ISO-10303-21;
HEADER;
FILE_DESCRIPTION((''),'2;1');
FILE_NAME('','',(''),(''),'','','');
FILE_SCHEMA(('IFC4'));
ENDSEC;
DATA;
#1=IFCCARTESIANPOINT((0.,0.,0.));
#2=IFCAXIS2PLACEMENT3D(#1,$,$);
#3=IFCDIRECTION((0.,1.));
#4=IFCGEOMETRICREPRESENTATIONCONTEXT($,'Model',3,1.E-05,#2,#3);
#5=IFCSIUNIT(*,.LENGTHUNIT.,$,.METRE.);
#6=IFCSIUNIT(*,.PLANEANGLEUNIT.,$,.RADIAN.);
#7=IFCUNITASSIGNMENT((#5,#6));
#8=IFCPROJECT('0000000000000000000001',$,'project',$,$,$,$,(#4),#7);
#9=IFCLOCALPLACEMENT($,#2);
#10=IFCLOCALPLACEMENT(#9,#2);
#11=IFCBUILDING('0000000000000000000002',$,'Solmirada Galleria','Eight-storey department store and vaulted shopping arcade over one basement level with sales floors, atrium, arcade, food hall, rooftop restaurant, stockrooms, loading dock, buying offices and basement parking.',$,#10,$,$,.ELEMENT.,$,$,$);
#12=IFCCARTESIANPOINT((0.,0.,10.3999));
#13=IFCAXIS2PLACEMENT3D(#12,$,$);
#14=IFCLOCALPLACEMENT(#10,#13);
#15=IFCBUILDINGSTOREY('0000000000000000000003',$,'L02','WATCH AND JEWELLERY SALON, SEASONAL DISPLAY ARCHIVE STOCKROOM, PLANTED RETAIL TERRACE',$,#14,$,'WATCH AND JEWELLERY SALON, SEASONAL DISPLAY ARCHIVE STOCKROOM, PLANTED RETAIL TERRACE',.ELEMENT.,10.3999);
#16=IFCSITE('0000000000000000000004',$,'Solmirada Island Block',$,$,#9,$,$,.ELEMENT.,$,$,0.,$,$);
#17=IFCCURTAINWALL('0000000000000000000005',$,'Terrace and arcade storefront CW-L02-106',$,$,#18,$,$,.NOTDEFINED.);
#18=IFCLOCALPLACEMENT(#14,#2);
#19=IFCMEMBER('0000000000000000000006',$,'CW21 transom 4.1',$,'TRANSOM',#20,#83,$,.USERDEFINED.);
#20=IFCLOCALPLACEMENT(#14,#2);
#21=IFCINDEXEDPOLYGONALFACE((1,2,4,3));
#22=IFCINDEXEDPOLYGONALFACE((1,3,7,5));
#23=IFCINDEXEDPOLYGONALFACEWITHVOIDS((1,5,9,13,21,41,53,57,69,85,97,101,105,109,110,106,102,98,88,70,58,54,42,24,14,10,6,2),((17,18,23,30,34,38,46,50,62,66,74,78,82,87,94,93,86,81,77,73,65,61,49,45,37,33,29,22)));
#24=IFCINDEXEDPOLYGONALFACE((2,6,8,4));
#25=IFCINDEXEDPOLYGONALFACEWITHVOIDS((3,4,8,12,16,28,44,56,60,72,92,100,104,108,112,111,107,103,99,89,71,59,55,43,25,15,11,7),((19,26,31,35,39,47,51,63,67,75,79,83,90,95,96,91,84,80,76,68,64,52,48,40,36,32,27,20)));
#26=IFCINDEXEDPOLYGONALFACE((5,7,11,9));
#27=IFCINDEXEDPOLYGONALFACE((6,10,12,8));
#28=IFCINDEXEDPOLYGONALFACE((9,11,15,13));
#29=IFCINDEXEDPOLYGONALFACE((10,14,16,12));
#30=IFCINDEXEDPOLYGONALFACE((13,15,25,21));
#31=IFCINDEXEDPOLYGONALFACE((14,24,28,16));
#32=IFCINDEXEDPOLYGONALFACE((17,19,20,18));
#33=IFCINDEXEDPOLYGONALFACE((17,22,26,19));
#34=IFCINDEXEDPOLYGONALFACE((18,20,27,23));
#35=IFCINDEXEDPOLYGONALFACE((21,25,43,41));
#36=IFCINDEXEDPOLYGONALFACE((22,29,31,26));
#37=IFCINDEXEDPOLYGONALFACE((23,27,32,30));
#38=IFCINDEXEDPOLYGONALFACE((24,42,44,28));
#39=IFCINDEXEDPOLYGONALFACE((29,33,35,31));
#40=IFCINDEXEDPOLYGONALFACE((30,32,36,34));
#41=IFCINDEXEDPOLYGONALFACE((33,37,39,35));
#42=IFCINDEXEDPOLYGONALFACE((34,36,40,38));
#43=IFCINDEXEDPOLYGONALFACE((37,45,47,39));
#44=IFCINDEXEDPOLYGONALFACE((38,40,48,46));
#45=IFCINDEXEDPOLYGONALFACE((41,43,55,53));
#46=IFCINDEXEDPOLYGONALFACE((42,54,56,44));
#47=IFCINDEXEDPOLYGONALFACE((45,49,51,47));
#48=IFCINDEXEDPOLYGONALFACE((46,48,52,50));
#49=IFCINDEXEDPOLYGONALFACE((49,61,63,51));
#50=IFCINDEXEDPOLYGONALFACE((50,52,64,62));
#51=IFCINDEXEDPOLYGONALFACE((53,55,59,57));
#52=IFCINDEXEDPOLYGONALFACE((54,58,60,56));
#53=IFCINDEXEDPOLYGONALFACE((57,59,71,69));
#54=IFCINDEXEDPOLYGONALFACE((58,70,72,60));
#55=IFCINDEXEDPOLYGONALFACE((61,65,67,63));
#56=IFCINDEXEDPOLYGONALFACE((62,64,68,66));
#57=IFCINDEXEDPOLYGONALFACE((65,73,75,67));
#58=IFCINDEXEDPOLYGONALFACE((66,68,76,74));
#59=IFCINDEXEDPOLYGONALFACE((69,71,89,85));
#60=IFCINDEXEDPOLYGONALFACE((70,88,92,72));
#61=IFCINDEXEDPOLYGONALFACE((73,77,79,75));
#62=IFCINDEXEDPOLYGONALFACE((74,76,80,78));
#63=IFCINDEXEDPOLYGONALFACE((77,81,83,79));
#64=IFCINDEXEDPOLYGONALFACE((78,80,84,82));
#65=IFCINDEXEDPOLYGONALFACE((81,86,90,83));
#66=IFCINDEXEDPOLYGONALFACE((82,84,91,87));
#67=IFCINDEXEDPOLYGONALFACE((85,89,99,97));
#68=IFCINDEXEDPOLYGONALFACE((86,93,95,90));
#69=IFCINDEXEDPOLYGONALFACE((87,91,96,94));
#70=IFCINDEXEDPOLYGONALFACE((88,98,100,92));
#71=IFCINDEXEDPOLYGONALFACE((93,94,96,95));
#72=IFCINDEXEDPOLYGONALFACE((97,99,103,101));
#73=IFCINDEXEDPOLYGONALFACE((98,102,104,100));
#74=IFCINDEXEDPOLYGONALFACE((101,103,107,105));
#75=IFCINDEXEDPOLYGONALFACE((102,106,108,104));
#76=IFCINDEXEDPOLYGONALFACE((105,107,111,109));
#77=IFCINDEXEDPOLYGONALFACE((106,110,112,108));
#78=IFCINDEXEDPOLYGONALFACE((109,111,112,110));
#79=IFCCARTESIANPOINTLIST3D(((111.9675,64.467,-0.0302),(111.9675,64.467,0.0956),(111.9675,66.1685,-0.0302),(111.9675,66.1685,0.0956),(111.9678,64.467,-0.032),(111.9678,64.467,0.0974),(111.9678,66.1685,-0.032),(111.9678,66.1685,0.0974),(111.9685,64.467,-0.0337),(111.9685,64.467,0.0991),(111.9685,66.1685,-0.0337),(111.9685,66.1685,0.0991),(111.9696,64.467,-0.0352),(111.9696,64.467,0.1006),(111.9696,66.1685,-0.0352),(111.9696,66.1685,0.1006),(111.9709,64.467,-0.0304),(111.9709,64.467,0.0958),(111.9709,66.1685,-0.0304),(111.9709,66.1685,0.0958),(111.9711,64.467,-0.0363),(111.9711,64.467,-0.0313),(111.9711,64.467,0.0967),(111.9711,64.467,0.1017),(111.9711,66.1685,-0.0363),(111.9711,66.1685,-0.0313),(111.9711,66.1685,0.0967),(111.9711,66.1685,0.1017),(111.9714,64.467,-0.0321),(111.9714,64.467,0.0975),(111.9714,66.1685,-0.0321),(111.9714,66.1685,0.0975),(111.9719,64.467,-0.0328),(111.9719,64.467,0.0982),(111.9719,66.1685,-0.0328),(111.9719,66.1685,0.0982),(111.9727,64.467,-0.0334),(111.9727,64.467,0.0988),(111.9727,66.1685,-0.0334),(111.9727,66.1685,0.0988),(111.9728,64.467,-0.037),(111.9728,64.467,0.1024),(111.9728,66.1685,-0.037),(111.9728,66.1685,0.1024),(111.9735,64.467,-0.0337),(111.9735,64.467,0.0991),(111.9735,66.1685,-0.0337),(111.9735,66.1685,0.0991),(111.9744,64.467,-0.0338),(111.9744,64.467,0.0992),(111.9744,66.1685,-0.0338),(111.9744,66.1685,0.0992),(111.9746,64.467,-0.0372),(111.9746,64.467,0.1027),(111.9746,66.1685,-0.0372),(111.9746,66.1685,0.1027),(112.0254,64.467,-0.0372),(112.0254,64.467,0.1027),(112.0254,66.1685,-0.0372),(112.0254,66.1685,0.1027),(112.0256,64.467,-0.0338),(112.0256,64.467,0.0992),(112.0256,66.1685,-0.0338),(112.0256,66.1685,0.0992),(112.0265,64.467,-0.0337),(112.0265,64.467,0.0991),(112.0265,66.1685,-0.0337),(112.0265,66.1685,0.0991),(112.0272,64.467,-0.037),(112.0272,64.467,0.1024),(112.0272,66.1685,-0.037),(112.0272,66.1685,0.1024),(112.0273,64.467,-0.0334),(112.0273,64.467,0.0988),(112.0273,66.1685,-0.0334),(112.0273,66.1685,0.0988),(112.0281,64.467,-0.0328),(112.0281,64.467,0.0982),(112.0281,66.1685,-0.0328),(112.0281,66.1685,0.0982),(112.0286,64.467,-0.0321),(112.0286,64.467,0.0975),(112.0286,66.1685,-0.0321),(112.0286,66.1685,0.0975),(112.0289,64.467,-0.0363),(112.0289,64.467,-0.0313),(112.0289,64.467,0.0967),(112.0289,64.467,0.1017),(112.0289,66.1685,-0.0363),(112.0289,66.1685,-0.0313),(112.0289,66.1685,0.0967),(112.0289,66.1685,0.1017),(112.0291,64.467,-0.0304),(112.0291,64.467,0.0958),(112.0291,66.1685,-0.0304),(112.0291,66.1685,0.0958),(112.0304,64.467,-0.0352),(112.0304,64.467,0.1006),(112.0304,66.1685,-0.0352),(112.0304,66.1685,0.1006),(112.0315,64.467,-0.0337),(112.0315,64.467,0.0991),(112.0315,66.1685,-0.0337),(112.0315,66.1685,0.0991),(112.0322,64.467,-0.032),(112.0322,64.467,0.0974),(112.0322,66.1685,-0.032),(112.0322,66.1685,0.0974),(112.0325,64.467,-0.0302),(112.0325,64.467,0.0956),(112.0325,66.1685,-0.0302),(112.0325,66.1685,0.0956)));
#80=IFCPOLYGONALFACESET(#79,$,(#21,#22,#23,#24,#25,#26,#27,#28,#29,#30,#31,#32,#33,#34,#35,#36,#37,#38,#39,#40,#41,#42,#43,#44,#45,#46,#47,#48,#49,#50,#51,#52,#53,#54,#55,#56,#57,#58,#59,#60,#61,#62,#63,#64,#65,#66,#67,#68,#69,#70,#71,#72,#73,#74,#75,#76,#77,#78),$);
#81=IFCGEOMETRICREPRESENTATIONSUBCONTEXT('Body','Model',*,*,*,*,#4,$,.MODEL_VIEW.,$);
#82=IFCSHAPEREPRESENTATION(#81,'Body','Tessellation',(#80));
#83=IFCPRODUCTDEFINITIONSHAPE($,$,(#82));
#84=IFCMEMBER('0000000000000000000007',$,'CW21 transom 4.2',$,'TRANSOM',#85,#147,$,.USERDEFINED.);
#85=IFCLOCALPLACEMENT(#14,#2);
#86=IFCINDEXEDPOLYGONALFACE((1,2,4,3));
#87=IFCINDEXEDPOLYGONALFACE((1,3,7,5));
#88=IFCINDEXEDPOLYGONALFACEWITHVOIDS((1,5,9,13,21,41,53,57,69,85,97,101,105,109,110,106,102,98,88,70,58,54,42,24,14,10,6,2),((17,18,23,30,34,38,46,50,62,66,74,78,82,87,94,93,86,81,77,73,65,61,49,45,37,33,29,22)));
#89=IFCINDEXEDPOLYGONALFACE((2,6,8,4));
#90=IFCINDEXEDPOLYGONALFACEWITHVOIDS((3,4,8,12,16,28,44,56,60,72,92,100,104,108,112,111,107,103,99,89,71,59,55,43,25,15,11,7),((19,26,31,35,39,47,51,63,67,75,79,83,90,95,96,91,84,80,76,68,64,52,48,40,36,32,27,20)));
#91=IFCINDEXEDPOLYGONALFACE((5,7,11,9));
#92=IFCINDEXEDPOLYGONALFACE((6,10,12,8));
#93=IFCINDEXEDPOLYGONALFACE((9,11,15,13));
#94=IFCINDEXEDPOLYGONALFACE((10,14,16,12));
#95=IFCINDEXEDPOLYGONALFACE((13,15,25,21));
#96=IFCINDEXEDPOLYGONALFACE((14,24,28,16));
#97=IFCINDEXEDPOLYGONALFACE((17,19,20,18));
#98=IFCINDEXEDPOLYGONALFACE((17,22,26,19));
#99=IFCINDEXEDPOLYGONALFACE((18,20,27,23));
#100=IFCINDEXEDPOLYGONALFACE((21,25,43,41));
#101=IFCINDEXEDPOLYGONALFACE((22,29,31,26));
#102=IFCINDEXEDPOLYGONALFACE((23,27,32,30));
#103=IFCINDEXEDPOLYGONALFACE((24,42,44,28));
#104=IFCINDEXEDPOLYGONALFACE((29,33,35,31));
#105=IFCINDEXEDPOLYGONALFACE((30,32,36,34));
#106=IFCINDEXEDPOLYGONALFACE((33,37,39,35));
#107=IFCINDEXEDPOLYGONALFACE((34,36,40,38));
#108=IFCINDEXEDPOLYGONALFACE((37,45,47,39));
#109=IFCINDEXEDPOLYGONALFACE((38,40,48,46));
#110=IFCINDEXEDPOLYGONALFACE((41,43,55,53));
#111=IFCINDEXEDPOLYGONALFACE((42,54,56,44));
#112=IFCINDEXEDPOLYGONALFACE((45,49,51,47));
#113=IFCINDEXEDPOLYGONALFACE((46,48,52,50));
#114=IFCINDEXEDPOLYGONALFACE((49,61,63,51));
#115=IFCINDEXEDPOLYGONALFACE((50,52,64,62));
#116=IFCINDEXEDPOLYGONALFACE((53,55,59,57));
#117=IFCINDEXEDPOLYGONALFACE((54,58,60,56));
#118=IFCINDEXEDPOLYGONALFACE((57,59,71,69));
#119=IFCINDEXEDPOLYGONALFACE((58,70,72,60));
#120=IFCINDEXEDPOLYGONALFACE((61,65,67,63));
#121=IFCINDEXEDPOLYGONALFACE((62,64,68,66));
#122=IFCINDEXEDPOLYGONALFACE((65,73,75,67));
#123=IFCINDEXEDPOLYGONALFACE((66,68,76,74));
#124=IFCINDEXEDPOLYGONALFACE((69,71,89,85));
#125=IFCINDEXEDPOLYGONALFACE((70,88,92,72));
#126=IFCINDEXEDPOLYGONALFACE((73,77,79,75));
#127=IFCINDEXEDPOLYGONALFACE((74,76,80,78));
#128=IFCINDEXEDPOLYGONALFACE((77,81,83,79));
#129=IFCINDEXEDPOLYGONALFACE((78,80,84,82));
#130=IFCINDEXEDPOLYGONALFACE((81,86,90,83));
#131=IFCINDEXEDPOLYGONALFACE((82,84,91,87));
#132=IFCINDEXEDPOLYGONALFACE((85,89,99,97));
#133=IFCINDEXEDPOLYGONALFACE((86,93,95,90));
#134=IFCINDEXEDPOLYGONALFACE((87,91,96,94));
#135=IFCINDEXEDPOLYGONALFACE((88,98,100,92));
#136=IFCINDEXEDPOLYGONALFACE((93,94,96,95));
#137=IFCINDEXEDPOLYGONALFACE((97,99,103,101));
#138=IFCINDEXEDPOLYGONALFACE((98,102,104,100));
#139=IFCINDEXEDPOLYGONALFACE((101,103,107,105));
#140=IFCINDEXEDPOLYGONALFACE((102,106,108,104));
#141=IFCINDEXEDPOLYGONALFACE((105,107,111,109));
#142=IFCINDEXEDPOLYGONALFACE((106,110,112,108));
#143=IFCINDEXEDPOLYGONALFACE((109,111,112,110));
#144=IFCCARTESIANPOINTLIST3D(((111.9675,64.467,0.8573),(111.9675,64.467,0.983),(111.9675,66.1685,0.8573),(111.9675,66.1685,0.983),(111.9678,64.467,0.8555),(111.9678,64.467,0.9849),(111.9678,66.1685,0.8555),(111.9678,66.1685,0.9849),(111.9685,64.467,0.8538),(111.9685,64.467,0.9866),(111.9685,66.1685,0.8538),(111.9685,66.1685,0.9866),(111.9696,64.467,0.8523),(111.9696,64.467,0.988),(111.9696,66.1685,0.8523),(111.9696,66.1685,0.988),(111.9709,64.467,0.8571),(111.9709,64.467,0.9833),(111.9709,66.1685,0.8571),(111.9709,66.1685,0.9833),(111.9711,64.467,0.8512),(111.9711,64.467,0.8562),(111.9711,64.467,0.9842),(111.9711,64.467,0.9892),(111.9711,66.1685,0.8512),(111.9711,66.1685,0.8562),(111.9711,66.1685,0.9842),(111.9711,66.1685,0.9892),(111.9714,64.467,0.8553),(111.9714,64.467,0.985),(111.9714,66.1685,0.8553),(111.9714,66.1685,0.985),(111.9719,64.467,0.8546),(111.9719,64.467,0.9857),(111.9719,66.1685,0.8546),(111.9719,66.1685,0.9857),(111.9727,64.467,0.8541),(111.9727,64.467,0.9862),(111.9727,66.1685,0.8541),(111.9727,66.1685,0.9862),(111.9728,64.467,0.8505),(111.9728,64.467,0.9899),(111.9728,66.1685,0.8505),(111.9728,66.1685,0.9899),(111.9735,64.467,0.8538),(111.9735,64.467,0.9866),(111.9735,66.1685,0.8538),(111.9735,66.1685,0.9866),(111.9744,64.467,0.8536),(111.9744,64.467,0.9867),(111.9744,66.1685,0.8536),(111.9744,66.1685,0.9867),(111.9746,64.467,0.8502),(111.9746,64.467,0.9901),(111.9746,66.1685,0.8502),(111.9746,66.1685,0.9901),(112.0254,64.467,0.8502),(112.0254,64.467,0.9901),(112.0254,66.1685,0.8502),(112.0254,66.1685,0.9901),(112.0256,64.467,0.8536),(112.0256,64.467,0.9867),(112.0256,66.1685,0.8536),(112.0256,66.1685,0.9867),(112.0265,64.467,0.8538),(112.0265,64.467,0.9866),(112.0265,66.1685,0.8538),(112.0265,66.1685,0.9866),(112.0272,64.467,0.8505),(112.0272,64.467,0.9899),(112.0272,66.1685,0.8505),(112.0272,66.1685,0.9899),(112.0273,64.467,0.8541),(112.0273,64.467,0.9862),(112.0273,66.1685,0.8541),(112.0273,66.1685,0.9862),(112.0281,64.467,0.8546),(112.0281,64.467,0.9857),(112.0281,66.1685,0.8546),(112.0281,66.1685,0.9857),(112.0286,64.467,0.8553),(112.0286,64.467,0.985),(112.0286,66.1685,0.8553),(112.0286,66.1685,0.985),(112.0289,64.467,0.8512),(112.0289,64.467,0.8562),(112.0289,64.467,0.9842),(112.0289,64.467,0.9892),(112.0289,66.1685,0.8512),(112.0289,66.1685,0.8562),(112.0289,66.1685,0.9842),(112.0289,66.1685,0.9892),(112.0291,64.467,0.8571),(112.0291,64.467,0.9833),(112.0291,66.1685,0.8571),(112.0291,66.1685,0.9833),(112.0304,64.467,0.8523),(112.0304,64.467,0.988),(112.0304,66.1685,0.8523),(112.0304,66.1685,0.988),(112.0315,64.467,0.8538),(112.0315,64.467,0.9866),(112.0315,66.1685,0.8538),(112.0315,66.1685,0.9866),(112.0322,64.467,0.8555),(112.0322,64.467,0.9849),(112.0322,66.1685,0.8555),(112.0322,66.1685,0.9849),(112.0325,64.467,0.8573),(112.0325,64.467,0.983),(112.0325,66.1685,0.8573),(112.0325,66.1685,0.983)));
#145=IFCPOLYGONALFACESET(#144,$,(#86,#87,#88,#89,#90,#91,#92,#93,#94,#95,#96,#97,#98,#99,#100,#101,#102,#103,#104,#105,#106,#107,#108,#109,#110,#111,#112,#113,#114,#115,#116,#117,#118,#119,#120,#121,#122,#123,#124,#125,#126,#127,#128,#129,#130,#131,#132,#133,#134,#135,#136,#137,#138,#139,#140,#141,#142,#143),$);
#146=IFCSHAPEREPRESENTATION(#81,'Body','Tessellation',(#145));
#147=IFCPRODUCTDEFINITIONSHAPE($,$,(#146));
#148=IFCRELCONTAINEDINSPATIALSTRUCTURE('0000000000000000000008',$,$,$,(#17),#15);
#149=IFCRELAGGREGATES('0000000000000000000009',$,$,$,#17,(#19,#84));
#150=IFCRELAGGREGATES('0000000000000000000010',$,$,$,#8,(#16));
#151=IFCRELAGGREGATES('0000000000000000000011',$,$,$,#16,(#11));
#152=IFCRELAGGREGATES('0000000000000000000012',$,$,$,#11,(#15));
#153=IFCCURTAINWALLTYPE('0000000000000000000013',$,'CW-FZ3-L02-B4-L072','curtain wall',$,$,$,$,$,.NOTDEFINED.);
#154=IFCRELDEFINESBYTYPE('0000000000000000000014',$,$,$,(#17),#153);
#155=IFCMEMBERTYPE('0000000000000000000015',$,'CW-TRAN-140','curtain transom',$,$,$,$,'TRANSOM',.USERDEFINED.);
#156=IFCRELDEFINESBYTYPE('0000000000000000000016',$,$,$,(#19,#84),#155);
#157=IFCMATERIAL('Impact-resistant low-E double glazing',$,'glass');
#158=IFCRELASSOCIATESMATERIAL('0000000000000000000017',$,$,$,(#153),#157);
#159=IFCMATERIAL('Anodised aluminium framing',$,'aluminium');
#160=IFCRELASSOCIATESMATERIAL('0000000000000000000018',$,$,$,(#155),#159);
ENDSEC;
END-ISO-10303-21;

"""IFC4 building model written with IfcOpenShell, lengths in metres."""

from ifc_helpers import new_model, si_unit, direction, frame, origin, origin_2d, place, context, subcontext, project, spatial, hollow_rectangle, extrude, material, material_profile, profile_set, type_object, element, aggregate, save


model = new_model("IFC4")

# Units and contexts
model_context = context("Model", 3, precision=1e-05, world=origin(), true_north=direction((0.0, 1.0)))
body_context = subcontext(model_context, "Body", "Model", "MODEL_VIEW")
ifc_project = project(units=[si_unit("LENGTHUNIT", "METRE"), si_unit("PLANEANGLEUNIT", "RADIAN")], contexts=[model_context])

# Site, building, storey
site_placement = place(None, origin())
site = spatial("IfcSite", under=ifc_project, at=site_placement, Name="Solmirada Island Block", CompositionType="ELEMENT", RefElevation=0.0)
building_placement = place(site_placement, origin())
building = spatial("IfcBuilding", under=site, at=building_placement, Name="Solmirada Galleria", Description="Eight-storey department store and vaulted shopping arcade over one basement level with sales floors, atrium, arcade, food hall, rooftop restaurant, stockrooms, loading dock, buying offices and basement parking.", CompositionType="ELEMENT")
storey_placement = place(building_placement, frame((0.0, 0.0, 10.3999)))
storey = spatial("IfcBuildingStorey", under=building, at=storey_placement, Name="L02", Description="WATCH AND JEWELLERY SALON, SEASONAL DISPLAY ARCHIVE STOCKROOM, PLANTED RETAIL TERRACE", LongName="WATCH AND JEWELLERY SALON, SEASONAL DISPLAY ARCHIVE STOCKROOM, PLANTED RETAIL TERRACE", CompositionType="ELEMENT", Elevation=10.3999)

# Curtain wall, members
ifc_material_1 = material(Name="Impact-resistant low-E double glazing", Category="glass")
curtain_wall_type = type_object("IfcCurtainWallType", Name="CW-FZ3-L02-B4-L072", Description="curtain wall", PredefinedType="NOTDEFINED", material=ifc_material_1)
curtain_wall_1_placement = place(storey_placement, origin())
curtain_wall_1 = element("IfcCurtainWall", 1, at=curtain_wall_1_placement, inside=storey, type_object=curtain_wall_type, Name="Terrace and arcade storefront CW-L02-106", PredefinedType="NOTDEFINED")
ifc_material_2 = material(Name="Anodised aluminium framing", Category="aluminium")
ifc_material_profile_1 = material_profile(ifc_material_2, hollow_rectangle(XDim=0.0649, YDim=0.1399, WallThickness=0.0034, InnerFilletRadius=0.0034, OuterFilletRadius=0.0071, at=origin_2d()), Name="ALU-TRAN-140X65")
ifc_profile_set_1 = profile_set([ifc_material_profile_1], Name="Anodised aluminium framing")
member_type_1 = type_object("IfcMemberType", Name="CW-TRAN-140", Description="curtain transom", ElementType="TRANSOM", PredefinedType="USERDEFINED", material=ifc_profile_set_1)
member_1_placement = place(storey_placement, frame((112.0, 66.1685, 0.0327), z_axis=(0.0, -1.0, 0.0), x_axis=(1.0, 0.0, 0.0)))
member_1 = element("IfcMember", 2, at=member_1_placement, type_object=member_type_1, Name="CW21 transom 4.1", ObjectType="TRANSOM", PredefinedType="USERDEFINED", context=body_context, shape_type="SweptSolid", body=[
    extrude(hollow_rectangle(XDim=0.0649, YDim=0.1399, WallThickness=0.0034, InnerFilletRadius=0.0034, OuterFilletRadius=0.0071, at=origin_2d()), origin(), (0.0, 0.0, 1.0), 1.7014),
])
member_2_placement = place(storey_placement, frame((112.0, 66.1685, 0.9202), z_axis=(0.0, -1.0, 0.0), x_axis=(1.0, 0.0, 0.0)))
member_2 = element("IfcMember", 3, at=member_2_placement, type_object=member_type_1, Name="CW21 transom 4.2", ObjectType="TRANSOM", PredefinedType="USERDEFINED", context=body_context, shape_type="SweptSolid", body=[
    extrude(hollow_rectangle(XDim=0.0649, YDim=0.1399, WallThickness=0.0034, InnerFilletRadius=0.0034, OuterFilletRadius=0.0071, at=origin_2d()), origin(), (0.0, 0.0, 1.0), 1.7014),
])

aggregate(curtain_wall_1, [member_1, member_2])

save(model, "model.ifc")
